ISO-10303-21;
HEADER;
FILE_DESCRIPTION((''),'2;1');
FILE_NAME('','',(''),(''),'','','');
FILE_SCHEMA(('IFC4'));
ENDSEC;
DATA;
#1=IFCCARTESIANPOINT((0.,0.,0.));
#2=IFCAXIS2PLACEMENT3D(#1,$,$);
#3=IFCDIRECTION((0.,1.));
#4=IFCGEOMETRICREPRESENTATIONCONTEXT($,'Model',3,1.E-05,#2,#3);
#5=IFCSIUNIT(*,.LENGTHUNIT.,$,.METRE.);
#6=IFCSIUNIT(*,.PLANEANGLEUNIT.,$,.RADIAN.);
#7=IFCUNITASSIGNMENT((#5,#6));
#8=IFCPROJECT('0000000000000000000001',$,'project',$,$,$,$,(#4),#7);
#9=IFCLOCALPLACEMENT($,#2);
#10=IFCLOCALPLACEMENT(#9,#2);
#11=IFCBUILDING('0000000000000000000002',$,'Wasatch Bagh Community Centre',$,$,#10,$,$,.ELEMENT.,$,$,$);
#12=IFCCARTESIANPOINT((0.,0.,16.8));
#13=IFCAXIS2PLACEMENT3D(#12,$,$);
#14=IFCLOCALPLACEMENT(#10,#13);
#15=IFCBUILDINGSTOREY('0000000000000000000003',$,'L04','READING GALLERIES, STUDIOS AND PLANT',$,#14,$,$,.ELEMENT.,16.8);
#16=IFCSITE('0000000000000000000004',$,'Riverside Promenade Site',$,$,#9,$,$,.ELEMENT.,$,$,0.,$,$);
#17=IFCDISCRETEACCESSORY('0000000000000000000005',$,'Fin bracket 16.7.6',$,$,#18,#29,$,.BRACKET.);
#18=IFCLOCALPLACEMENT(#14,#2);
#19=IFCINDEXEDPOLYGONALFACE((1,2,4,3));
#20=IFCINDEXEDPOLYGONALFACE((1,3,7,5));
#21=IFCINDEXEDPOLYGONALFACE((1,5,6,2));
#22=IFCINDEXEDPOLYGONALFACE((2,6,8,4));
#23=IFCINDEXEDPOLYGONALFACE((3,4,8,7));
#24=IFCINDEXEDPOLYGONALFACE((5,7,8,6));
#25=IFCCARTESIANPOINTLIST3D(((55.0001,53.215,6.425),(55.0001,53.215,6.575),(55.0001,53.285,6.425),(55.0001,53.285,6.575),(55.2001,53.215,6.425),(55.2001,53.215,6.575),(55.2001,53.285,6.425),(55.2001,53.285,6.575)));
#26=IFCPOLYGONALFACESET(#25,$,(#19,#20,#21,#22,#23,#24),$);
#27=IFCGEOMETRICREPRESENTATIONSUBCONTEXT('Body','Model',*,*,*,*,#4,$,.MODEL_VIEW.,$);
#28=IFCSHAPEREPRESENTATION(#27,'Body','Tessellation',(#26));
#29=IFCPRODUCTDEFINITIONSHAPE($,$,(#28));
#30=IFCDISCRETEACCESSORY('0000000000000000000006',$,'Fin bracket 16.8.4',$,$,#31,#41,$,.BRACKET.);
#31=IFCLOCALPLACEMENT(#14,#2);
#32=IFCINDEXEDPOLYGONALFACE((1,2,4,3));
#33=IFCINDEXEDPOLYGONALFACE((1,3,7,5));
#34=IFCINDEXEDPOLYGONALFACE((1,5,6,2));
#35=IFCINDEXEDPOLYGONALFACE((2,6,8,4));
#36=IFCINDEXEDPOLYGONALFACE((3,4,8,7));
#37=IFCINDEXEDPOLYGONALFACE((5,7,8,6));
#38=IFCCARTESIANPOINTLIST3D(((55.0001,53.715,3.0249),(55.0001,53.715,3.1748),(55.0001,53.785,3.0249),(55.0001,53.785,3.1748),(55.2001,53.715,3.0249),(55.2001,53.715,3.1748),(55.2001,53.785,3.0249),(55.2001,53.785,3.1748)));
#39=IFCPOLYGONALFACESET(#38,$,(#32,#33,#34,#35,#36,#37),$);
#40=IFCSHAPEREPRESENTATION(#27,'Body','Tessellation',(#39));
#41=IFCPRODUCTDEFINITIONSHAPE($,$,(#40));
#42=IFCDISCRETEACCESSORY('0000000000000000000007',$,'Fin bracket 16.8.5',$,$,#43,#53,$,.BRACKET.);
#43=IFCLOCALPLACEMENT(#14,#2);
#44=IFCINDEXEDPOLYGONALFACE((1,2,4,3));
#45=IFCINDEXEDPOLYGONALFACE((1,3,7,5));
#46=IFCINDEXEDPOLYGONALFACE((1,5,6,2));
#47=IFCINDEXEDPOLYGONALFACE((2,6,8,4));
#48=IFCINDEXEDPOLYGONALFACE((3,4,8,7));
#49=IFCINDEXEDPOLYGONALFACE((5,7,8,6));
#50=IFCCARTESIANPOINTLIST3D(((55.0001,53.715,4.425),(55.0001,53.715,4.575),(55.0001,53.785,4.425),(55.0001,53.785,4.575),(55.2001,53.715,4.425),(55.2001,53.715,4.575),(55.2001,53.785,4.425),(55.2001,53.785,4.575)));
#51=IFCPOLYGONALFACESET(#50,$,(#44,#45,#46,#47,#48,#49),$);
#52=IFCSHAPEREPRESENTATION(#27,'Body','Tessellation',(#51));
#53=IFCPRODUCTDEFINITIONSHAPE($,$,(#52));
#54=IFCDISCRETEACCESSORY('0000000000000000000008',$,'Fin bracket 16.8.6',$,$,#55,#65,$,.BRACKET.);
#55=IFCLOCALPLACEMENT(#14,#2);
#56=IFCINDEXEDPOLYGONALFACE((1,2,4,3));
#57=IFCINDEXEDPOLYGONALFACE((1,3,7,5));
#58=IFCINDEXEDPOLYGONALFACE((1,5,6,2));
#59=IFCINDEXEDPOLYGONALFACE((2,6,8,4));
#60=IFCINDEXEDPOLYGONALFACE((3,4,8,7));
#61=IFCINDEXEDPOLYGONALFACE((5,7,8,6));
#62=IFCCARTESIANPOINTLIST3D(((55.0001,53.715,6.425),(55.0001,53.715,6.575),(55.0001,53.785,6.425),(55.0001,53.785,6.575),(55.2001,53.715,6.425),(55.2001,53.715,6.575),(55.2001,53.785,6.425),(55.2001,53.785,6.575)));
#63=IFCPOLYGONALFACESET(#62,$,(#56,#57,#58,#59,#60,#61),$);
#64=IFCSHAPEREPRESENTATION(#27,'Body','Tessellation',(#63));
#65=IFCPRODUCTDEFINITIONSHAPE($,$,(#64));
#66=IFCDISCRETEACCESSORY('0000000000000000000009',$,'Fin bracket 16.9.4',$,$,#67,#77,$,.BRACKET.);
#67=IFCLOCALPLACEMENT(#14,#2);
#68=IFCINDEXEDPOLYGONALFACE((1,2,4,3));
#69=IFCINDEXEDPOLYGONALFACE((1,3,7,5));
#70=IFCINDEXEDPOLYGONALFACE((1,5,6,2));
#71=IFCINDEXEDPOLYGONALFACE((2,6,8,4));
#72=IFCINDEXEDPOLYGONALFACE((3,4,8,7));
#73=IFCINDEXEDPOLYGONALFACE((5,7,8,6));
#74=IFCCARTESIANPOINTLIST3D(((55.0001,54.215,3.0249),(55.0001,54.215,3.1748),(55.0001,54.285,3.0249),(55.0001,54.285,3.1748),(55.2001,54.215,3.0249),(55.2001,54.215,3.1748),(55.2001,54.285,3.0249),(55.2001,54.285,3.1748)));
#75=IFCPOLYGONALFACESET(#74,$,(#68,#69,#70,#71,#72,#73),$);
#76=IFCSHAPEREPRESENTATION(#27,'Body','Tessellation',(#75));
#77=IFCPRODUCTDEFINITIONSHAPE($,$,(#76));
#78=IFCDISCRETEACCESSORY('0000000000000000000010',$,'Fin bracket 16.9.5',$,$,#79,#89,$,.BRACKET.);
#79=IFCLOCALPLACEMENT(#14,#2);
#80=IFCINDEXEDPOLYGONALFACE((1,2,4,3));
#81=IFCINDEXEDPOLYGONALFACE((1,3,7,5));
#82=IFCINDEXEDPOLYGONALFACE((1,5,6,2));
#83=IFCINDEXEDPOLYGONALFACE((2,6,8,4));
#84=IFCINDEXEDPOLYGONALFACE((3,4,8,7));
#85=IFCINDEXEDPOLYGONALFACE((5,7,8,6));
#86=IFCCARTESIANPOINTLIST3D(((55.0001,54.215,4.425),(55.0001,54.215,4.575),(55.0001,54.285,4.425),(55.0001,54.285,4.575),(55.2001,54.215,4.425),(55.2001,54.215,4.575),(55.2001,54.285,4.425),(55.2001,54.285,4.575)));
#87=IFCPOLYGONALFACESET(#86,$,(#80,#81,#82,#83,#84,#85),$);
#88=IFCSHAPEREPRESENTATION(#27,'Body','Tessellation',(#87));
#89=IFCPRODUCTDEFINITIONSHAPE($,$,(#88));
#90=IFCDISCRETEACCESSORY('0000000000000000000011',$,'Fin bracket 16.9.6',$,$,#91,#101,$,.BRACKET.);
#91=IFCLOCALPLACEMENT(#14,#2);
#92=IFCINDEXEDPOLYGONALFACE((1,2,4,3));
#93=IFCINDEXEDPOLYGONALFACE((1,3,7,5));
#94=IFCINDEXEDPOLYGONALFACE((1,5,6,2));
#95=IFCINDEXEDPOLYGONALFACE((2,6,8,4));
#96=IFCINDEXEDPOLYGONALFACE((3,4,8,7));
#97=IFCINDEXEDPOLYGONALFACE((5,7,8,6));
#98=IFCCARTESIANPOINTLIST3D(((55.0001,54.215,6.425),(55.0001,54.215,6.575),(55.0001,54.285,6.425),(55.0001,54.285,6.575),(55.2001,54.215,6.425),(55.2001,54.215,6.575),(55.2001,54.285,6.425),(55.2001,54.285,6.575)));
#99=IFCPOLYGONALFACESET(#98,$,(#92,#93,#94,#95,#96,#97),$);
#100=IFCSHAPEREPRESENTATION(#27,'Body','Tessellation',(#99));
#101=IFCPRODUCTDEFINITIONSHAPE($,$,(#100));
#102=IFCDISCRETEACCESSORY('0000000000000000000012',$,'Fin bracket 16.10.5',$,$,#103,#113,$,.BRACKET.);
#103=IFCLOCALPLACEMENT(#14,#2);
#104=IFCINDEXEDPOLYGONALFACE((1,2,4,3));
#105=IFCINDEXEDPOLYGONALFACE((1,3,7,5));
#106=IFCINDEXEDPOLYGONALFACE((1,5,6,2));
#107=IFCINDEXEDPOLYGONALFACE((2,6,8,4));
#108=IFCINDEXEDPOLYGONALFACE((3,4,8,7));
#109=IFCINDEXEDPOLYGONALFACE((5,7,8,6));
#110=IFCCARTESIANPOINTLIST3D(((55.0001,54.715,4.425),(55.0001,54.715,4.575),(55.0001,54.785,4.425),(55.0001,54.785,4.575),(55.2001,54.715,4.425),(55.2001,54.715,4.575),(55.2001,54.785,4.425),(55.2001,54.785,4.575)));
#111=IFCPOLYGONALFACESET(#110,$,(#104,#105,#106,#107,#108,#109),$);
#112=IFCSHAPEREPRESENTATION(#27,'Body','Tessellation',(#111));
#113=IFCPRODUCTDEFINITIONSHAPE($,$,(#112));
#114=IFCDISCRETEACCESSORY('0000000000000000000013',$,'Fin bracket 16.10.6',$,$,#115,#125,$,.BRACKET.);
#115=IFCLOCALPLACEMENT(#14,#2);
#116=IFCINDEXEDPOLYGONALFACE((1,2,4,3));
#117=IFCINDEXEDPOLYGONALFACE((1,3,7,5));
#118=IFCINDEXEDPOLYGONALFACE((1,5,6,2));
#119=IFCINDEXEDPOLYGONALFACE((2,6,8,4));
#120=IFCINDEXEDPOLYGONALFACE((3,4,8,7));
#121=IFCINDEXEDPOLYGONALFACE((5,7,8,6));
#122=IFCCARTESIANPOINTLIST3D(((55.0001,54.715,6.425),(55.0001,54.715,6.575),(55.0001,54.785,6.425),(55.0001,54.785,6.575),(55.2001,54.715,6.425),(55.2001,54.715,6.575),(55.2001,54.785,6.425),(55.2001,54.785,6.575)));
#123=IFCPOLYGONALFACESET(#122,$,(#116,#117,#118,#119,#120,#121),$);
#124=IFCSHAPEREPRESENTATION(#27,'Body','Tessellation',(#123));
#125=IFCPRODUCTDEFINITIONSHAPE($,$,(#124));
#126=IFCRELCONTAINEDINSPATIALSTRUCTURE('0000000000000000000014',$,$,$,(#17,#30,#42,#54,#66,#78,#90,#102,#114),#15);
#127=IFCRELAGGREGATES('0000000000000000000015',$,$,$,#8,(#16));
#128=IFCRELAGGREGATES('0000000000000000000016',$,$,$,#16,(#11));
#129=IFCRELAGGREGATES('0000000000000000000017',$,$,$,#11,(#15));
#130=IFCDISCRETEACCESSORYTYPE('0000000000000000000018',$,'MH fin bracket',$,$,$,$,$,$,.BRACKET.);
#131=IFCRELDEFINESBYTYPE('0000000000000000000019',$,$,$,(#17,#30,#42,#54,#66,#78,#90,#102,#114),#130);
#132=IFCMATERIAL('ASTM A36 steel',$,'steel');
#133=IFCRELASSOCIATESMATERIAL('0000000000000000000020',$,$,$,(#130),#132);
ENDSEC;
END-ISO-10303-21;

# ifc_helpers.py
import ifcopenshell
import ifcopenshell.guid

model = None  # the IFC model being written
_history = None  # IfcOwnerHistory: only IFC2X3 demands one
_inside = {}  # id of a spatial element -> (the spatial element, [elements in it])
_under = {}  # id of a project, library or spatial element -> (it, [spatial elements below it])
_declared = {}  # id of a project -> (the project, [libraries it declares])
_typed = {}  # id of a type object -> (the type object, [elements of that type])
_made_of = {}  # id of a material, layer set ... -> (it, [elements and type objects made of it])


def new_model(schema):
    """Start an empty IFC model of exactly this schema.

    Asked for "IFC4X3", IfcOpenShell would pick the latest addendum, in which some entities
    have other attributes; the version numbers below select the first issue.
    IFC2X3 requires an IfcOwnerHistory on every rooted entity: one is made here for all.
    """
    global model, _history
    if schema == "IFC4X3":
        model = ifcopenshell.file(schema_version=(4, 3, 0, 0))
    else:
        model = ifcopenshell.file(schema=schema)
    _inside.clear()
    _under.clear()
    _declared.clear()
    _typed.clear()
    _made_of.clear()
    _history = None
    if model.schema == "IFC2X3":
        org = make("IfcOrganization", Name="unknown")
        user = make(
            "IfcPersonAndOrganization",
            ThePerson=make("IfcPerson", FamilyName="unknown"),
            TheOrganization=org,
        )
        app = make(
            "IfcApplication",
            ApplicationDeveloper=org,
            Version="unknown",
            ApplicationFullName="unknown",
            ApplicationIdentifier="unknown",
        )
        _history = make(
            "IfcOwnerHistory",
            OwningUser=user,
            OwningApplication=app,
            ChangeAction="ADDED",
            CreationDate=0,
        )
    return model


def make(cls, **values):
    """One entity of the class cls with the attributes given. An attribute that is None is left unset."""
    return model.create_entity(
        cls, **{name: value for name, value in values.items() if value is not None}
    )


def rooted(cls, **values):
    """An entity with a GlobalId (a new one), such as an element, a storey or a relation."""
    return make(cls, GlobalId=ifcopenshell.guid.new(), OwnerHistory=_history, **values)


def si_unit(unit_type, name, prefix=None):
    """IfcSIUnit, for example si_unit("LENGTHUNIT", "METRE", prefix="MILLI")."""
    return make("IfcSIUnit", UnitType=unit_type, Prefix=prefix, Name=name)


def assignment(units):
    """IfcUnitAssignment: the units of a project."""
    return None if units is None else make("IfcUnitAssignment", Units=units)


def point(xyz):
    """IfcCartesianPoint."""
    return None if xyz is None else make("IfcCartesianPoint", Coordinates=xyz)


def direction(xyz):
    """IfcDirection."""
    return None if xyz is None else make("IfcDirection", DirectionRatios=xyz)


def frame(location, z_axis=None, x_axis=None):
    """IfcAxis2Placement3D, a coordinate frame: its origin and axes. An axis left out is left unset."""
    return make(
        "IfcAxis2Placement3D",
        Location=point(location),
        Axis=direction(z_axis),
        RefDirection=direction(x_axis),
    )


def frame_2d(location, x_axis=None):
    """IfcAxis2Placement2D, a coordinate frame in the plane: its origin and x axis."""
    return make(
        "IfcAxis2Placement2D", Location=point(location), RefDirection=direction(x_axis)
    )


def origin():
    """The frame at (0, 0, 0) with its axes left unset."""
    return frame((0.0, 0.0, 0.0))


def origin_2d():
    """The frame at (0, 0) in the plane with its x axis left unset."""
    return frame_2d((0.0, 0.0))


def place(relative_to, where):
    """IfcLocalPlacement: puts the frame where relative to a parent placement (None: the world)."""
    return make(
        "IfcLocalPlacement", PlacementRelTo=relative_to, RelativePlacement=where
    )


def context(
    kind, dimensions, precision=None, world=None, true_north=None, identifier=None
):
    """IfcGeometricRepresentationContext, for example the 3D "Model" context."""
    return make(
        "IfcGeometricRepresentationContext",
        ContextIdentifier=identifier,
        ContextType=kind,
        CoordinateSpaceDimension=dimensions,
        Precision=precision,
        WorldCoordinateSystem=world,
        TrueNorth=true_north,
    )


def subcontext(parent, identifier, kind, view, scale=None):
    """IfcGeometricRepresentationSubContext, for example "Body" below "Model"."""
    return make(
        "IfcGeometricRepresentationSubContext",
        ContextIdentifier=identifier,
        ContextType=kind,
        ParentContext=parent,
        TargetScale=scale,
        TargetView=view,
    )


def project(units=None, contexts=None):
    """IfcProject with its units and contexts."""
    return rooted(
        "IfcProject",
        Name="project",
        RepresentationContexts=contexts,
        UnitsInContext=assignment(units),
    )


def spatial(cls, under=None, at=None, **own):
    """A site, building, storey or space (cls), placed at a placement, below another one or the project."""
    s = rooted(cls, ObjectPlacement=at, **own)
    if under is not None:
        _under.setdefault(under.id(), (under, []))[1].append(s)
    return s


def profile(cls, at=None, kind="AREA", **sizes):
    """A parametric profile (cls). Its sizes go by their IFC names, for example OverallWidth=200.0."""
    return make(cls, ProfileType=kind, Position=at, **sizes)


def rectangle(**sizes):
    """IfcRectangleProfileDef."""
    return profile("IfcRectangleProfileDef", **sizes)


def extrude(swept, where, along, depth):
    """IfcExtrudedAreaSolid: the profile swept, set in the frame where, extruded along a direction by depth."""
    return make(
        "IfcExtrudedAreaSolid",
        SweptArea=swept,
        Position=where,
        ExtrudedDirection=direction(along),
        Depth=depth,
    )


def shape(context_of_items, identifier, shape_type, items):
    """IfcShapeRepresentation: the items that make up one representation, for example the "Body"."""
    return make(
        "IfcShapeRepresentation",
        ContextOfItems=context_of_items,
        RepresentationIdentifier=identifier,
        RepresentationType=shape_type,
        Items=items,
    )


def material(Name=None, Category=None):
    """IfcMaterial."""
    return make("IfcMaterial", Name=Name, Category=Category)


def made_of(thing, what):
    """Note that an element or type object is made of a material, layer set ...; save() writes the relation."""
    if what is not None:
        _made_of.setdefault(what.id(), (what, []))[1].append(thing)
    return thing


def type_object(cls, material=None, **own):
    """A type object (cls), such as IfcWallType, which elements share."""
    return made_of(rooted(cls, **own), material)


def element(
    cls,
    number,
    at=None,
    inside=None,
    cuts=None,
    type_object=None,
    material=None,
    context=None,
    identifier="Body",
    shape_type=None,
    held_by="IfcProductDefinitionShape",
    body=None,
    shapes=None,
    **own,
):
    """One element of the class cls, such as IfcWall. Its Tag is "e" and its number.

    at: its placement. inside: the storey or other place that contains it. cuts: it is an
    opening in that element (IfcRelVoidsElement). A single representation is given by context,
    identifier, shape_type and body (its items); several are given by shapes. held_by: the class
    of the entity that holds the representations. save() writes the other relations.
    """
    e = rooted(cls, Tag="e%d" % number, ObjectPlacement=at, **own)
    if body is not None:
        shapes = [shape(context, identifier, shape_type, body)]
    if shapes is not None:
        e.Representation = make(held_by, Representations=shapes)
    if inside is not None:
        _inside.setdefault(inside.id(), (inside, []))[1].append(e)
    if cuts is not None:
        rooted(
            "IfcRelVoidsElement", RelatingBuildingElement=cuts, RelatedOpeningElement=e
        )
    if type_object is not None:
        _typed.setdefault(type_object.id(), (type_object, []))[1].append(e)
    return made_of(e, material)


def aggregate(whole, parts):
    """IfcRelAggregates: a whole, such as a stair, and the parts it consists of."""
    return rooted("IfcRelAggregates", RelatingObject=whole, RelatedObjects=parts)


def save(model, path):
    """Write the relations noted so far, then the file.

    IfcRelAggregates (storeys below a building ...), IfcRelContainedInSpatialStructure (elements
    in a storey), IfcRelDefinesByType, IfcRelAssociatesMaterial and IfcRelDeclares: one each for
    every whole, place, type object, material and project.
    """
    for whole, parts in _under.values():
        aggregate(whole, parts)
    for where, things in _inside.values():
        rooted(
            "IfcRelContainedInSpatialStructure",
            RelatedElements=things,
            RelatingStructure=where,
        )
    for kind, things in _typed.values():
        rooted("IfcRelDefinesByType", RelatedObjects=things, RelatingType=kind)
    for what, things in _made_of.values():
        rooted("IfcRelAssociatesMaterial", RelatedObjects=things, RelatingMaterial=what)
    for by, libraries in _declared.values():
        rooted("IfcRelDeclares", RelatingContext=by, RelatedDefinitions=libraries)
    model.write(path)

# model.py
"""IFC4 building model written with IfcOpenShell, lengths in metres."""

from ifc_helpers import new_model, si_unit, direction, frame, origin, origin_2d, place, context, subcontext, project, spatial, rectangle, extrude, material, type_object, element, save


model = new_model("IFC4")

# Units and contexts
model_context = context("Model", 3, precision=1e-05, world=origin(), true_north=direction((0.0, 1.0)))
body_context = subcontext(model_context, "Body", "Model", "MODEL_VIEW")
ifc_project = project(units=[si_unit("LENGTHUNIT", "METRE"), si_unit("PLANEANGLEUNIT", "RADIAN")], contexts=[model_context])

# Site, building, storey
site_placement = place(None, origin())
site = spatial("IfcSite", under=ifc_project, at=site_placement, Name="Riverside Promenade Site", CompositionType="ELEMENT", RefElevation=0.0)
building_placement = place(site_placement, origin())
building = spatial("IfcBuilding", under=site, at=building_placement, Name="Wasatch Bagh Community Centre", CompositionType="ELEMENT")
storey_placement = place(building_placement, frame((0.0, 0.0, 16.8)))
storey = spatial("IfcBuildingStorey", under=building, at=storey_placement, Name="L04", Description="READING GALLERIES, STUDIOS AND PLANT", CompositionType="ELEMENT", Elevation=16.8)

# Discrete accessories
ifc_material_1 = material(Name="ASTM A36 steel", Category="steel")
discrete_accessory_type = type_object("IfcDiscreteAccessoryType", Name="MH fin bracket", PredefinedType="BRACKET", material=ifc_material_1)
for number, where, z_axis, x_axis, name in (
    (1, (55.1001, 53.25, 6.425), (0.0, 0.0, 1.0), (0.0, 1.0, 0.0), "Fin bracket 16.7.6"),
    (2, (55.1001, 53.75, 3.0249), (0.0, 0.0, 1.0), (0.0, 1.0, 0.0), "Fin bracket 16.8.4"),
    (3, (55.1001, 53.75, 4.425), (0.0, 0.0, 1.0), (0.0, 1.0, 0.0), "Fin bracket 16.8.5"),
    (4, (55.1001, 53.75, 6.425), (0.0, 0.0, 1.0), (0.0, 1.0, 0.0), "Fin bracket 16.8.6"),
    (5, (55.1001, 54.25, 3.0249), (0.0, 0.0, 1.0), (0.0, 1.0, 0.0), "Fin bracket 16.9.4"),
    (6, (55.1001, 54.25, 4.425), (0.0, 0.0, 1.0), (0.0, 1.0, 0.0), "Fin bracket 16.9.5"),
    (7, (55.1001, 54.25, 6.425), (0.0, 0.0, 1.0), (0.0, 1.0, 0.0), "Fin bracket 16.9.6"),
    (8, (55.1001, 54.75, 4.425), (0.0, 0.0, 1.0), (0.0, 1.0, 0.0), "Fin bracket 16.10.5"),
    (9, (55.1001, 54.75, 6.425), (0.0, 0.0, 1.0), (0.0, 1.0, 0.0), "Fin bracket 16.10.6"),
):
    element("IfcDiscreteAccessory", number, at=place(storey_placement, frame(where, z_axis=z_axis, x_axis=x_axis)), inside=storey, type_object=discrete_accessory_type, Name=name, PredefinedType="BRACKET", context=body_context, shape_type="SweptSolid", body=[
        extrude(rectangle(XDim=0.0701, YDim=0.2, at=origin_2d()), origin(), (0.0, 0.0, 1.0), 0.1499),
    ])

save(model, "model.ifc")
